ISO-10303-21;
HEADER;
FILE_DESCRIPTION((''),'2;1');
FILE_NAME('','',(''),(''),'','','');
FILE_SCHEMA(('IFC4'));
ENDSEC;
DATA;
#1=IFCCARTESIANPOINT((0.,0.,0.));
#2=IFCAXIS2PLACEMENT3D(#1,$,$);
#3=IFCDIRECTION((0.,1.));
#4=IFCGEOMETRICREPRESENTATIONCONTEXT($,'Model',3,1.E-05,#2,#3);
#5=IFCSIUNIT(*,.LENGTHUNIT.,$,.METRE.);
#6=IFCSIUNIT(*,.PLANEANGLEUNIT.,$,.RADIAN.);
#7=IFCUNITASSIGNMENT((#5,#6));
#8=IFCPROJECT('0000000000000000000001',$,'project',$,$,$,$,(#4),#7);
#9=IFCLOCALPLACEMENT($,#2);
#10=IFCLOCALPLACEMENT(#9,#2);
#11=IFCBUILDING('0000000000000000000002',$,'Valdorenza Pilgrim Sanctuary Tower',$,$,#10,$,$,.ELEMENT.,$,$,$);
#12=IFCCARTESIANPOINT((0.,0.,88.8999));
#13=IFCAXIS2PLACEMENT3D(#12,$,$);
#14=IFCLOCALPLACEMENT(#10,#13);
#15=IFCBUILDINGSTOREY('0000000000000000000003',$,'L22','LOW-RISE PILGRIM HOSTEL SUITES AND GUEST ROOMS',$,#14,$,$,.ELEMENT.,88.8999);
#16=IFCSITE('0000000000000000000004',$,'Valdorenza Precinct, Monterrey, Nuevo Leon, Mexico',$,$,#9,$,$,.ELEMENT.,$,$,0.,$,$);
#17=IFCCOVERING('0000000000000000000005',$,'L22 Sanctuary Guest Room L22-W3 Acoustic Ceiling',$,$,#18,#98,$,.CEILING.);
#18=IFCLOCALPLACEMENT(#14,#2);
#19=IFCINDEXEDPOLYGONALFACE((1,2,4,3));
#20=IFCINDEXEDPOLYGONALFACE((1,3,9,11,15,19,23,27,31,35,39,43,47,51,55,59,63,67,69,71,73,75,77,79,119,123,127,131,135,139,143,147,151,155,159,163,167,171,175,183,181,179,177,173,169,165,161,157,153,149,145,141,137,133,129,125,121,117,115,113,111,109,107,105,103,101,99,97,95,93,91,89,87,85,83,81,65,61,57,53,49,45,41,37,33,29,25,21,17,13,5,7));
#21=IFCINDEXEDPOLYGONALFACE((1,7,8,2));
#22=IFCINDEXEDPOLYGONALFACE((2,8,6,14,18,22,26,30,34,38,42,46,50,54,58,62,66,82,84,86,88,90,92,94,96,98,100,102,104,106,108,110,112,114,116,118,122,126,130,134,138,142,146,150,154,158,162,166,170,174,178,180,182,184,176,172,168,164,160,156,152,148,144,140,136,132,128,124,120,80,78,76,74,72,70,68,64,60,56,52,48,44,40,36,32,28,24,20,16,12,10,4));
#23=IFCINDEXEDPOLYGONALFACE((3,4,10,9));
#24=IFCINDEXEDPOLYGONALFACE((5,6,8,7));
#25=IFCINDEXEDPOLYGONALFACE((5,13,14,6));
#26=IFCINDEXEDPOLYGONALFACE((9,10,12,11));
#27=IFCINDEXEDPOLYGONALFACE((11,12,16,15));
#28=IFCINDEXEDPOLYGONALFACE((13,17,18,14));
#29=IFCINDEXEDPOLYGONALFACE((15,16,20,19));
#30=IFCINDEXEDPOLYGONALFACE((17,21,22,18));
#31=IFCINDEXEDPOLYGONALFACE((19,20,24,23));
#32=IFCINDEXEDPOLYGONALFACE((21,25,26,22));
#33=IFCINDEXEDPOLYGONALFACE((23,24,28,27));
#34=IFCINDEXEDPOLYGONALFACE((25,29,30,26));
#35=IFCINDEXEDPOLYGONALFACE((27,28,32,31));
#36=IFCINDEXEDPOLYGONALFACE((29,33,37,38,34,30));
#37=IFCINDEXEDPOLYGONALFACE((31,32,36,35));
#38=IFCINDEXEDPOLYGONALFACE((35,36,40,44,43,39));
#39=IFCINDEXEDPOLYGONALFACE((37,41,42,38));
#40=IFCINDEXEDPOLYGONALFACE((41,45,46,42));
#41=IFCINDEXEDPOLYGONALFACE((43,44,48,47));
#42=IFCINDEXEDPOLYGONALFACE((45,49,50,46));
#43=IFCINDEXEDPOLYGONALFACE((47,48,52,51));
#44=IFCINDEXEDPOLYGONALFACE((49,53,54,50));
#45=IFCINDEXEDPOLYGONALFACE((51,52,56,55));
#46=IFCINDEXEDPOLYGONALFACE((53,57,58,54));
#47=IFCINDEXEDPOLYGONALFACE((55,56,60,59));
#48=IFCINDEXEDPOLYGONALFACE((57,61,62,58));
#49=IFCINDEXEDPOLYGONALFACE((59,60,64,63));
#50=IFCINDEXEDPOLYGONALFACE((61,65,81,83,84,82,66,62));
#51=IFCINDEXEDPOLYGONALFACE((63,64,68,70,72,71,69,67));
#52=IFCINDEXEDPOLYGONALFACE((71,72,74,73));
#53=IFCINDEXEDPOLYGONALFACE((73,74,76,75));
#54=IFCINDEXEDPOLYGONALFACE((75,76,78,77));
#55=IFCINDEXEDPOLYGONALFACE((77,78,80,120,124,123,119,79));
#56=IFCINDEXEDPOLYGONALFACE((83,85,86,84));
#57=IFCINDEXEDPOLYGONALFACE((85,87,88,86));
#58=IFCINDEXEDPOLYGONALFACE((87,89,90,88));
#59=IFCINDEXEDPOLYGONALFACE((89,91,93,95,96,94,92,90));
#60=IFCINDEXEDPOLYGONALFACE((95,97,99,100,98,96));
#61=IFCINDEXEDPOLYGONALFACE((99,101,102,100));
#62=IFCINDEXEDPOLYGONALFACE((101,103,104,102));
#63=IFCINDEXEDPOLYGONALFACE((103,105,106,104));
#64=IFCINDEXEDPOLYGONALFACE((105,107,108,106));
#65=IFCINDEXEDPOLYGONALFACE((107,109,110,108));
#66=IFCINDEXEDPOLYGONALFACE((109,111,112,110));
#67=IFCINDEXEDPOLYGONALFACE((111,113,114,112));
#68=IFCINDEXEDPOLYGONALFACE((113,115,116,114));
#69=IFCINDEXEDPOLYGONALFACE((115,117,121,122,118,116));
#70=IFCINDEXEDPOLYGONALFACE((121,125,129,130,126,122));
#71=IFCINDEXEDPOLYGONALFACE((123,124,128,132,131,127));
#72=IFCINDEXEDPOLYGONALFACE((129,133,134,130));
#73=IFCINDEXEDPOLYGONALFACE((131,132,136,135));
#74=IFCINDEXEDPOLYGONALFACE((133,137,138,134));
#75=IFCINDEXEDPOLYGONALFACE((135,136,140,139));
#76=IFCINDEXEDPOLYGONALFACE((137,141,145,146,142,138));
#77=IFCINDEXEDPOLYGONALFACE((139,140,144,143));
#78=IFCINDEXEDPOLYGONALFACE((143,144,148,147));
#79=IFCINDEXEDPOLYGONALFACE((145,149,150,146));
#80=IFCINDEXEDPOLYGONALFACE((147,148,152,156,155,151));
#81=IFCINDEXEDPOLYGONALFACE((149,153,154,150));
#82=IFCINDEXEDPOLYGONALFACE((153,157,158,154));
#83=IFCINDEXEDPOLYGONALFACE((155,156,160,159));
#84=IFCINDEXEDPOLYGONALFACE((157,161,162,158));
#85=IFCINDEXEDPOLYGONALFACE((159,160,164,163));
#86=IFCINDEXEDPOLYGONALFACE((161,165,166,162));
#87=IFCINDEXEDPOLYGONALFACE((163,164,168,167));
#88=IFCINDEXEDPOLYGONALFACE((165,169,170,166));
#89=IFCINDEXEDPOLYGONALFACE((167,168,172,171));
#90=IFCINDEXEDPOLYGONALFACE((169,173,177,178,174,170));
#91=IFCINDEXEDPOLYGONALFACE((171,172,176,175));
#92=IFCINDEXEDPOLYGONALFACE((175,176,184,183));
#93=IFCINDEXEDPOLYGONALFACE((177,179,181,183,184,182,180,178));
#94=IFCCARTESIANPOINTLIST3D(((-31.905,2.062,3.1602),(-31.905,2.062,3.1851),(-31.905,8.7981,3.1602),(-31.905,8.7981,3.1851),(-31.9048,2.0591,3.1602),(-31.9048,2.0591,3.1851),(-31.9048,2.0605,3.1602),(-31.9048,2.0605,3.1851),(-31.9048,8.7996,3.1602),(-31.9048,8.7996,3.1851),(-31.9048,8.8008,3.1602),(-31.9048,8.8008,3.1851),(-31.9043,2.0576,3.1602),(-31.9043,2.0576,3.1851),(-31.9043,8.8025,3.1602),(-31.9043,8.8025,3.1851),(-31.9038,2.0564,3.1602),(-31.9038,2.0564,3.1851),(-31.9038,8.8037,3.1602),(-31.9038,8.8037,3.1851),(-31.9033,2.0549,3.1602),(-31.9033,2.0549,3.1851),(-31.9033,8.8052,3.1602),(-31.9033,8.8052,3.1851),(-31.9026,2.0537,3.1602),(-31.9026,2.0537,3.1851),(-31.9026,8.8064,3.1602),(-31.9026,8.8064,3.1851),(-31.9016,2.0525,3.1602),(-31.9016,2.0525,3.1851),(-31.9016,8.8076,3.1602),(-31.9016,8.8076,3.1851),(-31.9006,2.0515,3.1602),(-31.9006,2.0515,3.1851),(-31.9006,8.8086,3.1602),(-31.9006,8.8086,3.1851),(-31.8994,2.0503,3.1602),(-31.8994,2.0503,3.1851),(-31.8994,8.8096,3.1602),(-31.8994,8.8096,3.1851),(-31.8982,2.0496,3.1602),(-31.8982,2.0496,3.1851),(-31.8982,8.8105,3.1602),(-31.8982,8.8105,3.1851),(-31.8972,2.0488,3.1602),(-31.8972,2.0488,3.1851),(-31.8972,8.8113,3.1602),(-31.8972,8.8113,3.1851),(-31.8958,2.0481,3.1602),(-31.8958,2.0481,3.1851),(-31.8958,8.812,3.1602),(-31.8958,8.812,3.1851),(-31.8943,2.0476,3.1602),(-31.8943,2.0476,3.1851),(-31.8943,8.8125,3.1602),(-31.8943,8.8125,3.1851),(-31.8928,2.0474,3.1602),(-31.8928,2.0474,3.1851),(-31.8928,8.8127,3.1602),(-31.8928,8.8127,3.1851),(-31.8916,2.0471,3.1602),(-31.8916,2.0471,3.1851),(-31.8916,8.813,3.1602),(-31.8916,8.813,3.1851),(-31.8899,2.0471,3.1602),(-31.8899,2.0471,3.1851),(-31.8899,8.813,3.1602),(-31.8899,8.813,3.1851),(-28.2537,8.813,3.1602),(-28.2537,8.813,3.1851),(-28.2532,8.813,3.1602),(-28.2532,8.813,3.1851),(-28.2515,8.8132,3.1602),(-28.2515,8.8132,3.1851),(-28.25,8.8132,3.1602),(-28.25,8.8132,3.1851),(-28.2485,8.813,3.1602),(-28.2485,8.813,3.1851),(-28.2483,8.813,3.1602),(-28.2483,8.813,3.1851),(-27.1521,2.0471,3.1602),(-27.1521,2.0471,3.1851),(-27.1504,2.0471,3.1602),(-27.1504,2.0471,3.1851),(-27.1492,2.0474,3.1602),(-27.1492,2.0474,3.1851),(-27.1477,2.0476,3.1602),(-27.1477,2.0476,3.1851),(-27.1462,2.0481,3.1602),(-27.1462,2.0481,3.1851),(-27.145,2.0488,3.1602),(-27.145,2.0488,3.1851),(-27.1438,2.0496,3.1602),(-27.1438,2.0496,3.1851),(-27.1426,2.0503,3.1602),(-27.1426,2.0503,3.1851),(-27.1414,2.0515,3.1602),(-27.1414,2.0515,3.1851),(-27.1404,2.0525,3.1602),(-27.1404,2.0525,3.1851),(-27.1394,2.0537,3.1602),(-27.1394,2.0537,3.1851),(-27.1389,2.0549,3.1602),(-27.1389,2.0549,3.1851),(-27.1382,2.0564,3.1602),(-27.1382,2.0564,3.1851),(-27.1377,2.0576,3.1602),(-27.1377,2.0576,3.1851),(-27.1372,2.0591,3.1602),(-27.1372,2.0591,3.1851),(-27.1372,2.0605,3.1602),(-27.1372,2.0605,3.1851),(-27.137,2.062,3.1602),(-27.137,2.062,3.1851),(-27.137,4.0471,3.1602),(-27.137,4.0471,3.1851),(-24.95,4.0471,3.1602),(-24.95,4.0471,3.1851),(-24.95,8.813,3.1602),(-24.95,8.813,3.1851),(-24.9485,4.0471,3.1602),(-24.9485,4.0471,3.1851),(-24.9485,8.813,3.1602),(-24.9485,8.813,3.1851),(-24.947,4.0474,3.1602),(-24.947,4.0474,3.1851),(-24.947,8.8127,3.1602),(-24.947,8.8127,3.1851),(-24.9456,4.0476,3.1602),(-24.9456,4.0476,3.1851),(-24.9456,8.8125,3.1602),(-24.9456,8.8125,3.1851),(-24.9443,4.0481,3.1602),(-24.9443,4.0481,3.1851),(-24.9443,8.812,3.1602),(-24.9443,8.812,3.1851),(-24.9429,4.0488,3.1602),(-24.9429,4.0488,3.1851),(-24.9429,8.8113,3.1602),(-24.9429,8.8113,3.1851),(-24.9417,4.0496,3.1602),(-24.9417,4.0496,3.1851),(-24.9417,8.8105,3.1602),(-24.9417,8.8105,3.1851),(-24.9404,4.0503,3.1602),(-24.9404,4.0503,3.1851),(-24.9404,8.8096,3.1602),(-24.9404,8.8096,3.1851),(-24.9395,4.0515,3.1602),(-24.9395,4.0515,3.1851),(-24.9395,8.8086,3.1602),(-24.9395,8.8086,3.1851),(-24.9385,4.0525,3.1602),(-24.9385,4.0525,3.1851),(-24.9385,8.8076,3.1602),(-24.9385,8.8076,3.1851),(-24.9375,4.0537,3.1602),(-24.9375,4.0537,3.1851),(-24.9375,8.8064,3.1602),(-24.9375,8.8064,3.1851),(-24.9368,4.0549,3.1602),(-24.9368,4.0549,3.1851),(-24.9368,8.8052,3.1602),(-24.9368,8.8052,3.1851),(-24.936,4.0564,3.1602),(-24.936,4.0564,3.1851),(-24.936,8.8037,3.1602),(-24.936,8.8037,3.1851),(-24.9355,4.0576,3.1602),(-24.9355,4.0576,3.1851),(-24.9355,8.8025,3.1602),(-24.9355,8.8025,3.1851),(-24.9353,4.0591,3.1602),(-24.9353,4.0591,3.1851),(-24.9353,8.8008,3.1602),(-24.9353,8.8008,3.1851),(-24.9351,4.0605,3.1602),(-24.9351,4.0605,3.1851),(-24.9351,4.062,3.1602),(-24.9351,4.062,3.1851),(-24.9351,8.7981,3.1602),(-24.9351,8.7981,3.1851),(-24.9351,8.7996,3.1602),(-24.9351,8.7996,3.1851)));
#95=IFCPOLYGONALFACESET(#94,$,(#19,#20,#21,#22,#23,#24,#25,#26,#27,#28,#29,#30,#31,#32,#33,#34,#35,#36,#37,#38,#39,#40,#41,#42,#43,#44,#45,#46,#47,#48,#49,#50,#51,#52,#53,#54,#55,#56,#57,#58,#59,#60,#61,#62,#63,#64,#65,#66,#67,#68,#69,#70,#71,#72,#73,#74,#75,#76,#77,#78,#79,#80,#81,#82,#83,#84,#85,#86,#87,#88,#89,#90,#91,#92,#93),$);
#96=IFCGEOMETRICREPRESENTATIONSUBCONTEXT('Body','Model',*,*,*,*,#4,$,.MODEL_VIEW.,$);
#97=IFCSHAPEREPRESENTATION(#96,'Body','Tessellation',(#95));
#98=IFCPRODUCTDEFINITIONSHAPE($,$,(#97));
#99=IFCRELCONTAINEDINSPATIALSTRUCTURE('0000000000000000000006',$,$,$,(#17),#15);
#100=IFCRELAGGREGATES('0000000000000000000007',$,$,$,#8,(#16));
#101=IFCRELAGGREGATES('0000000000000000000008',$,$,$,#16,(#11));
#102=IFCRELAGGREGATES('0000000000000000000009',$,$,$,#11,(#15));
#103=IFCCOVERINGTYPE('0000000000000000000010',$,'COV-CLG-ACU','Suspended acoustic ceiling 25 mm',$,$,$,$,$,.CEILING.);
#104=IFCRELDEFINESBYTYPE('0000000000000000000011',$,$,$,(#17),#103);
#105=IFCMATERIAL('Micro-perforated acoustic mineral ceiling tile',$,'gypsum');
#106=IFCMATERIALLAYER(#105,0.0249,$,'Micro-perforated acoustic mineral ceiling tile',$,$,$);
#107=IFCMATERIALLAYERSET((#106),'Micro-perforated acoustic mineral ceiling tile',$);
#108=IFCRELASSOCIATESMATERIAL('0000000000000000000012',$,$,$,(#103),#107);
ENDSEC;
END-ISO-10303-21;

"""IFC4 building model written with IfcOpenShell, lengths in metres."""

from ifc_helpers import new_model, si_unit, direction, frame, origin, place, context, subcontext, project, spatial, polyline, outline, extrude, material, layer, layer_set, type_object, element, save


model = new_model("IFC4")

# Units and contexts
model_context = context("Model", 3, precision=1e-05, world=origin(), true_north=direction((0.0, 1.0)))
body_context = subcontext(model_context, "Body", "Model", "MODEL_VIEW")
ifc_project = project(units=[si_unit("LENGTHUNIT", "METRE"), si_unit("PLANEANGLEUNIT", "RADIAN")], contexts=[model_context])

# Site, building, storey
site_placement = place(None, origin())
site = spatial("IfcSite", under=ifc_project, at=site_placement, Name="Valdorenza Precinct, Monterrey, Nuevo Leon, Mexico", CompositionType="ELEMENT", RefElevation=0.0)
building_placement = place(site_placement, origin())
building = spatial("IfcBuilding", under=site, at=building_placement, Name="Valdorenza Pilgrim Sanctuary Tower", CompositionType="ELEMENT")
storey_placement = place(building_placement, frame((0.0, 0.0, 88.8999)))
storey = spatial("IfcBuildingStorey", under=building, at=storey_placement, Name="L22", Description="LOW-RISE PILGRIM HOSTEL SUITES AND GUEST ROOMS", CompositionType="ELEMENT", Elevation=88.8999)

# Covering
ifc_material_1 = material(Name="Micro-perforated acoustic mineral ceiling tile", Category="gypsum")
ifc_layer_1 = layer(ifc_material_1, 0.0249, Name="Micro-perforated acoustic mineral ceiling tile")
ifc_layer_set_1 = layer_set([ifc_layer_1], Name="Micro-perforated acoustic mineral ceiling tile")
covering_type_1 = type_object("IfcCoveringType", Name="COV-CLG-ACU", Description="Suspended acoustic ceiling 25 mm", PredefinedType="CEILING", material=ifc_layer_set_1)
covering_1_placement = place(storey_placement, frame((0.0, 0.0, 3.1602)))
element("IfcCovering", 1, at=covering_1_placement, inside=storey, type_object=covering_type_1, Name="L22 Sanctuary Guest Room L22-W3 Acoustic Ceiling", PredefinedType="CEILING", context=body_context, shape_type="SweptSolid", body=[
    extrude(outline(polyline([(-28.2537, 8.813), (-28.2532, 8.813), (-28.2515, 8.8132), (-28.25, 8.8132), (-28.2485, 8.813), (-28.2483, 8.813), (-24.95, 8.813), (-24.9485, 8.813), (-24.947, 8.8127), (-24.9456, 8.8125), (-24.9443, 8.812), (-24.9429, 8.8113), (-24.9417, 8.8105), (-24.9404, 8.8096), (-24.9395, 8.8086), (-24.9385, 8.8076), (-24.9375, 8.8064), (-24.9368, 8.8052), (-24.936, 8.8037), (-24.9355, 8.8025), (-24.9353, 8.8008), (-24.9351, 8.7996), (-24.9351, 8.7981), (-24.9351, 4.062), (-24.9351, 4.0605), (-24.9353, 4.0591), (-24.9355, 4.0576), (-24.936, 4.0564), (-24.9368, 4.0549), (-24.9375, 4.0537), (-24.9385, 4.0525), (-24.9395, 4.0515), (-24.9404, 4.0503), (-24.9417, 4.0496), (-24.9429, 4.0488), (-24.9443, 4.0481), (-24.9456, 4.0476), (-24.947, 4.0474), (-24.9485, 4.0471), (-24.95, 4.0471), (-27.137, 4.0471), (-27.137, 2.062), (-27.1372, 2.0605), (-27.1372, 2.0591), (-27.1377, 2.0576), (-27.1382, 2.0564), (-27.1389, 2.0549), (-27.1394, 2.0537), (-27.1404, 2.0525), (-27.1414, 2.0515), (-27.1426, 2.0503), (-27.1438, 2.0496), (-27.145, 2.0488), (-27.1462, 2.0481), (-27.1477, 2.0476), (-27.1492, 2.0474), (-27.1504, 2.0471), (-27.1521, 2.0471), (-31.8899, 2.0471), (-31.8916, 2.0471), (-31.8928, 2.0474), (-31.8943, 2.0476), (-31.8958, 2.0481), (-31.8972, 2.0488), (-31.8982, 2.0496), (-31.8994, 2.0503), (-31.9006, 2.0515), (-31.9016, 2.0525), (-31.9026, 2.0537), (-31.9033, 2.0549), (-31.9038, 2.0564), (-31.9043, 2.0576), (-31.9048, 2.0591), (-31.9048, 2.0605), (-31.905, 2.062), (-31.905, 8.7981), (-31.9048, 8.7996), (-31.9048, 8.8008), (-31.9043, 8.8025), (-31.9038, 8.8037), (-31.9033, 8.8052), (-31.9026, 8.8064), (-31.9016, 8.8076), (-31.9006, 8.8086), (-31.8994, 8.8096), (-31.8982, 8.8105), (-31.8972, 8.8113), (-31.8958, 8.812), (-31.8943, 8.8125), (-31.8928, 8.8127), (-31.8916, 8.813), (-31.8899, 8.813), (-28.2537, 8.813)])), origin(), (0.0, 0.0, 1.0), 0.0249),
])

save(model, "model.ifc")
